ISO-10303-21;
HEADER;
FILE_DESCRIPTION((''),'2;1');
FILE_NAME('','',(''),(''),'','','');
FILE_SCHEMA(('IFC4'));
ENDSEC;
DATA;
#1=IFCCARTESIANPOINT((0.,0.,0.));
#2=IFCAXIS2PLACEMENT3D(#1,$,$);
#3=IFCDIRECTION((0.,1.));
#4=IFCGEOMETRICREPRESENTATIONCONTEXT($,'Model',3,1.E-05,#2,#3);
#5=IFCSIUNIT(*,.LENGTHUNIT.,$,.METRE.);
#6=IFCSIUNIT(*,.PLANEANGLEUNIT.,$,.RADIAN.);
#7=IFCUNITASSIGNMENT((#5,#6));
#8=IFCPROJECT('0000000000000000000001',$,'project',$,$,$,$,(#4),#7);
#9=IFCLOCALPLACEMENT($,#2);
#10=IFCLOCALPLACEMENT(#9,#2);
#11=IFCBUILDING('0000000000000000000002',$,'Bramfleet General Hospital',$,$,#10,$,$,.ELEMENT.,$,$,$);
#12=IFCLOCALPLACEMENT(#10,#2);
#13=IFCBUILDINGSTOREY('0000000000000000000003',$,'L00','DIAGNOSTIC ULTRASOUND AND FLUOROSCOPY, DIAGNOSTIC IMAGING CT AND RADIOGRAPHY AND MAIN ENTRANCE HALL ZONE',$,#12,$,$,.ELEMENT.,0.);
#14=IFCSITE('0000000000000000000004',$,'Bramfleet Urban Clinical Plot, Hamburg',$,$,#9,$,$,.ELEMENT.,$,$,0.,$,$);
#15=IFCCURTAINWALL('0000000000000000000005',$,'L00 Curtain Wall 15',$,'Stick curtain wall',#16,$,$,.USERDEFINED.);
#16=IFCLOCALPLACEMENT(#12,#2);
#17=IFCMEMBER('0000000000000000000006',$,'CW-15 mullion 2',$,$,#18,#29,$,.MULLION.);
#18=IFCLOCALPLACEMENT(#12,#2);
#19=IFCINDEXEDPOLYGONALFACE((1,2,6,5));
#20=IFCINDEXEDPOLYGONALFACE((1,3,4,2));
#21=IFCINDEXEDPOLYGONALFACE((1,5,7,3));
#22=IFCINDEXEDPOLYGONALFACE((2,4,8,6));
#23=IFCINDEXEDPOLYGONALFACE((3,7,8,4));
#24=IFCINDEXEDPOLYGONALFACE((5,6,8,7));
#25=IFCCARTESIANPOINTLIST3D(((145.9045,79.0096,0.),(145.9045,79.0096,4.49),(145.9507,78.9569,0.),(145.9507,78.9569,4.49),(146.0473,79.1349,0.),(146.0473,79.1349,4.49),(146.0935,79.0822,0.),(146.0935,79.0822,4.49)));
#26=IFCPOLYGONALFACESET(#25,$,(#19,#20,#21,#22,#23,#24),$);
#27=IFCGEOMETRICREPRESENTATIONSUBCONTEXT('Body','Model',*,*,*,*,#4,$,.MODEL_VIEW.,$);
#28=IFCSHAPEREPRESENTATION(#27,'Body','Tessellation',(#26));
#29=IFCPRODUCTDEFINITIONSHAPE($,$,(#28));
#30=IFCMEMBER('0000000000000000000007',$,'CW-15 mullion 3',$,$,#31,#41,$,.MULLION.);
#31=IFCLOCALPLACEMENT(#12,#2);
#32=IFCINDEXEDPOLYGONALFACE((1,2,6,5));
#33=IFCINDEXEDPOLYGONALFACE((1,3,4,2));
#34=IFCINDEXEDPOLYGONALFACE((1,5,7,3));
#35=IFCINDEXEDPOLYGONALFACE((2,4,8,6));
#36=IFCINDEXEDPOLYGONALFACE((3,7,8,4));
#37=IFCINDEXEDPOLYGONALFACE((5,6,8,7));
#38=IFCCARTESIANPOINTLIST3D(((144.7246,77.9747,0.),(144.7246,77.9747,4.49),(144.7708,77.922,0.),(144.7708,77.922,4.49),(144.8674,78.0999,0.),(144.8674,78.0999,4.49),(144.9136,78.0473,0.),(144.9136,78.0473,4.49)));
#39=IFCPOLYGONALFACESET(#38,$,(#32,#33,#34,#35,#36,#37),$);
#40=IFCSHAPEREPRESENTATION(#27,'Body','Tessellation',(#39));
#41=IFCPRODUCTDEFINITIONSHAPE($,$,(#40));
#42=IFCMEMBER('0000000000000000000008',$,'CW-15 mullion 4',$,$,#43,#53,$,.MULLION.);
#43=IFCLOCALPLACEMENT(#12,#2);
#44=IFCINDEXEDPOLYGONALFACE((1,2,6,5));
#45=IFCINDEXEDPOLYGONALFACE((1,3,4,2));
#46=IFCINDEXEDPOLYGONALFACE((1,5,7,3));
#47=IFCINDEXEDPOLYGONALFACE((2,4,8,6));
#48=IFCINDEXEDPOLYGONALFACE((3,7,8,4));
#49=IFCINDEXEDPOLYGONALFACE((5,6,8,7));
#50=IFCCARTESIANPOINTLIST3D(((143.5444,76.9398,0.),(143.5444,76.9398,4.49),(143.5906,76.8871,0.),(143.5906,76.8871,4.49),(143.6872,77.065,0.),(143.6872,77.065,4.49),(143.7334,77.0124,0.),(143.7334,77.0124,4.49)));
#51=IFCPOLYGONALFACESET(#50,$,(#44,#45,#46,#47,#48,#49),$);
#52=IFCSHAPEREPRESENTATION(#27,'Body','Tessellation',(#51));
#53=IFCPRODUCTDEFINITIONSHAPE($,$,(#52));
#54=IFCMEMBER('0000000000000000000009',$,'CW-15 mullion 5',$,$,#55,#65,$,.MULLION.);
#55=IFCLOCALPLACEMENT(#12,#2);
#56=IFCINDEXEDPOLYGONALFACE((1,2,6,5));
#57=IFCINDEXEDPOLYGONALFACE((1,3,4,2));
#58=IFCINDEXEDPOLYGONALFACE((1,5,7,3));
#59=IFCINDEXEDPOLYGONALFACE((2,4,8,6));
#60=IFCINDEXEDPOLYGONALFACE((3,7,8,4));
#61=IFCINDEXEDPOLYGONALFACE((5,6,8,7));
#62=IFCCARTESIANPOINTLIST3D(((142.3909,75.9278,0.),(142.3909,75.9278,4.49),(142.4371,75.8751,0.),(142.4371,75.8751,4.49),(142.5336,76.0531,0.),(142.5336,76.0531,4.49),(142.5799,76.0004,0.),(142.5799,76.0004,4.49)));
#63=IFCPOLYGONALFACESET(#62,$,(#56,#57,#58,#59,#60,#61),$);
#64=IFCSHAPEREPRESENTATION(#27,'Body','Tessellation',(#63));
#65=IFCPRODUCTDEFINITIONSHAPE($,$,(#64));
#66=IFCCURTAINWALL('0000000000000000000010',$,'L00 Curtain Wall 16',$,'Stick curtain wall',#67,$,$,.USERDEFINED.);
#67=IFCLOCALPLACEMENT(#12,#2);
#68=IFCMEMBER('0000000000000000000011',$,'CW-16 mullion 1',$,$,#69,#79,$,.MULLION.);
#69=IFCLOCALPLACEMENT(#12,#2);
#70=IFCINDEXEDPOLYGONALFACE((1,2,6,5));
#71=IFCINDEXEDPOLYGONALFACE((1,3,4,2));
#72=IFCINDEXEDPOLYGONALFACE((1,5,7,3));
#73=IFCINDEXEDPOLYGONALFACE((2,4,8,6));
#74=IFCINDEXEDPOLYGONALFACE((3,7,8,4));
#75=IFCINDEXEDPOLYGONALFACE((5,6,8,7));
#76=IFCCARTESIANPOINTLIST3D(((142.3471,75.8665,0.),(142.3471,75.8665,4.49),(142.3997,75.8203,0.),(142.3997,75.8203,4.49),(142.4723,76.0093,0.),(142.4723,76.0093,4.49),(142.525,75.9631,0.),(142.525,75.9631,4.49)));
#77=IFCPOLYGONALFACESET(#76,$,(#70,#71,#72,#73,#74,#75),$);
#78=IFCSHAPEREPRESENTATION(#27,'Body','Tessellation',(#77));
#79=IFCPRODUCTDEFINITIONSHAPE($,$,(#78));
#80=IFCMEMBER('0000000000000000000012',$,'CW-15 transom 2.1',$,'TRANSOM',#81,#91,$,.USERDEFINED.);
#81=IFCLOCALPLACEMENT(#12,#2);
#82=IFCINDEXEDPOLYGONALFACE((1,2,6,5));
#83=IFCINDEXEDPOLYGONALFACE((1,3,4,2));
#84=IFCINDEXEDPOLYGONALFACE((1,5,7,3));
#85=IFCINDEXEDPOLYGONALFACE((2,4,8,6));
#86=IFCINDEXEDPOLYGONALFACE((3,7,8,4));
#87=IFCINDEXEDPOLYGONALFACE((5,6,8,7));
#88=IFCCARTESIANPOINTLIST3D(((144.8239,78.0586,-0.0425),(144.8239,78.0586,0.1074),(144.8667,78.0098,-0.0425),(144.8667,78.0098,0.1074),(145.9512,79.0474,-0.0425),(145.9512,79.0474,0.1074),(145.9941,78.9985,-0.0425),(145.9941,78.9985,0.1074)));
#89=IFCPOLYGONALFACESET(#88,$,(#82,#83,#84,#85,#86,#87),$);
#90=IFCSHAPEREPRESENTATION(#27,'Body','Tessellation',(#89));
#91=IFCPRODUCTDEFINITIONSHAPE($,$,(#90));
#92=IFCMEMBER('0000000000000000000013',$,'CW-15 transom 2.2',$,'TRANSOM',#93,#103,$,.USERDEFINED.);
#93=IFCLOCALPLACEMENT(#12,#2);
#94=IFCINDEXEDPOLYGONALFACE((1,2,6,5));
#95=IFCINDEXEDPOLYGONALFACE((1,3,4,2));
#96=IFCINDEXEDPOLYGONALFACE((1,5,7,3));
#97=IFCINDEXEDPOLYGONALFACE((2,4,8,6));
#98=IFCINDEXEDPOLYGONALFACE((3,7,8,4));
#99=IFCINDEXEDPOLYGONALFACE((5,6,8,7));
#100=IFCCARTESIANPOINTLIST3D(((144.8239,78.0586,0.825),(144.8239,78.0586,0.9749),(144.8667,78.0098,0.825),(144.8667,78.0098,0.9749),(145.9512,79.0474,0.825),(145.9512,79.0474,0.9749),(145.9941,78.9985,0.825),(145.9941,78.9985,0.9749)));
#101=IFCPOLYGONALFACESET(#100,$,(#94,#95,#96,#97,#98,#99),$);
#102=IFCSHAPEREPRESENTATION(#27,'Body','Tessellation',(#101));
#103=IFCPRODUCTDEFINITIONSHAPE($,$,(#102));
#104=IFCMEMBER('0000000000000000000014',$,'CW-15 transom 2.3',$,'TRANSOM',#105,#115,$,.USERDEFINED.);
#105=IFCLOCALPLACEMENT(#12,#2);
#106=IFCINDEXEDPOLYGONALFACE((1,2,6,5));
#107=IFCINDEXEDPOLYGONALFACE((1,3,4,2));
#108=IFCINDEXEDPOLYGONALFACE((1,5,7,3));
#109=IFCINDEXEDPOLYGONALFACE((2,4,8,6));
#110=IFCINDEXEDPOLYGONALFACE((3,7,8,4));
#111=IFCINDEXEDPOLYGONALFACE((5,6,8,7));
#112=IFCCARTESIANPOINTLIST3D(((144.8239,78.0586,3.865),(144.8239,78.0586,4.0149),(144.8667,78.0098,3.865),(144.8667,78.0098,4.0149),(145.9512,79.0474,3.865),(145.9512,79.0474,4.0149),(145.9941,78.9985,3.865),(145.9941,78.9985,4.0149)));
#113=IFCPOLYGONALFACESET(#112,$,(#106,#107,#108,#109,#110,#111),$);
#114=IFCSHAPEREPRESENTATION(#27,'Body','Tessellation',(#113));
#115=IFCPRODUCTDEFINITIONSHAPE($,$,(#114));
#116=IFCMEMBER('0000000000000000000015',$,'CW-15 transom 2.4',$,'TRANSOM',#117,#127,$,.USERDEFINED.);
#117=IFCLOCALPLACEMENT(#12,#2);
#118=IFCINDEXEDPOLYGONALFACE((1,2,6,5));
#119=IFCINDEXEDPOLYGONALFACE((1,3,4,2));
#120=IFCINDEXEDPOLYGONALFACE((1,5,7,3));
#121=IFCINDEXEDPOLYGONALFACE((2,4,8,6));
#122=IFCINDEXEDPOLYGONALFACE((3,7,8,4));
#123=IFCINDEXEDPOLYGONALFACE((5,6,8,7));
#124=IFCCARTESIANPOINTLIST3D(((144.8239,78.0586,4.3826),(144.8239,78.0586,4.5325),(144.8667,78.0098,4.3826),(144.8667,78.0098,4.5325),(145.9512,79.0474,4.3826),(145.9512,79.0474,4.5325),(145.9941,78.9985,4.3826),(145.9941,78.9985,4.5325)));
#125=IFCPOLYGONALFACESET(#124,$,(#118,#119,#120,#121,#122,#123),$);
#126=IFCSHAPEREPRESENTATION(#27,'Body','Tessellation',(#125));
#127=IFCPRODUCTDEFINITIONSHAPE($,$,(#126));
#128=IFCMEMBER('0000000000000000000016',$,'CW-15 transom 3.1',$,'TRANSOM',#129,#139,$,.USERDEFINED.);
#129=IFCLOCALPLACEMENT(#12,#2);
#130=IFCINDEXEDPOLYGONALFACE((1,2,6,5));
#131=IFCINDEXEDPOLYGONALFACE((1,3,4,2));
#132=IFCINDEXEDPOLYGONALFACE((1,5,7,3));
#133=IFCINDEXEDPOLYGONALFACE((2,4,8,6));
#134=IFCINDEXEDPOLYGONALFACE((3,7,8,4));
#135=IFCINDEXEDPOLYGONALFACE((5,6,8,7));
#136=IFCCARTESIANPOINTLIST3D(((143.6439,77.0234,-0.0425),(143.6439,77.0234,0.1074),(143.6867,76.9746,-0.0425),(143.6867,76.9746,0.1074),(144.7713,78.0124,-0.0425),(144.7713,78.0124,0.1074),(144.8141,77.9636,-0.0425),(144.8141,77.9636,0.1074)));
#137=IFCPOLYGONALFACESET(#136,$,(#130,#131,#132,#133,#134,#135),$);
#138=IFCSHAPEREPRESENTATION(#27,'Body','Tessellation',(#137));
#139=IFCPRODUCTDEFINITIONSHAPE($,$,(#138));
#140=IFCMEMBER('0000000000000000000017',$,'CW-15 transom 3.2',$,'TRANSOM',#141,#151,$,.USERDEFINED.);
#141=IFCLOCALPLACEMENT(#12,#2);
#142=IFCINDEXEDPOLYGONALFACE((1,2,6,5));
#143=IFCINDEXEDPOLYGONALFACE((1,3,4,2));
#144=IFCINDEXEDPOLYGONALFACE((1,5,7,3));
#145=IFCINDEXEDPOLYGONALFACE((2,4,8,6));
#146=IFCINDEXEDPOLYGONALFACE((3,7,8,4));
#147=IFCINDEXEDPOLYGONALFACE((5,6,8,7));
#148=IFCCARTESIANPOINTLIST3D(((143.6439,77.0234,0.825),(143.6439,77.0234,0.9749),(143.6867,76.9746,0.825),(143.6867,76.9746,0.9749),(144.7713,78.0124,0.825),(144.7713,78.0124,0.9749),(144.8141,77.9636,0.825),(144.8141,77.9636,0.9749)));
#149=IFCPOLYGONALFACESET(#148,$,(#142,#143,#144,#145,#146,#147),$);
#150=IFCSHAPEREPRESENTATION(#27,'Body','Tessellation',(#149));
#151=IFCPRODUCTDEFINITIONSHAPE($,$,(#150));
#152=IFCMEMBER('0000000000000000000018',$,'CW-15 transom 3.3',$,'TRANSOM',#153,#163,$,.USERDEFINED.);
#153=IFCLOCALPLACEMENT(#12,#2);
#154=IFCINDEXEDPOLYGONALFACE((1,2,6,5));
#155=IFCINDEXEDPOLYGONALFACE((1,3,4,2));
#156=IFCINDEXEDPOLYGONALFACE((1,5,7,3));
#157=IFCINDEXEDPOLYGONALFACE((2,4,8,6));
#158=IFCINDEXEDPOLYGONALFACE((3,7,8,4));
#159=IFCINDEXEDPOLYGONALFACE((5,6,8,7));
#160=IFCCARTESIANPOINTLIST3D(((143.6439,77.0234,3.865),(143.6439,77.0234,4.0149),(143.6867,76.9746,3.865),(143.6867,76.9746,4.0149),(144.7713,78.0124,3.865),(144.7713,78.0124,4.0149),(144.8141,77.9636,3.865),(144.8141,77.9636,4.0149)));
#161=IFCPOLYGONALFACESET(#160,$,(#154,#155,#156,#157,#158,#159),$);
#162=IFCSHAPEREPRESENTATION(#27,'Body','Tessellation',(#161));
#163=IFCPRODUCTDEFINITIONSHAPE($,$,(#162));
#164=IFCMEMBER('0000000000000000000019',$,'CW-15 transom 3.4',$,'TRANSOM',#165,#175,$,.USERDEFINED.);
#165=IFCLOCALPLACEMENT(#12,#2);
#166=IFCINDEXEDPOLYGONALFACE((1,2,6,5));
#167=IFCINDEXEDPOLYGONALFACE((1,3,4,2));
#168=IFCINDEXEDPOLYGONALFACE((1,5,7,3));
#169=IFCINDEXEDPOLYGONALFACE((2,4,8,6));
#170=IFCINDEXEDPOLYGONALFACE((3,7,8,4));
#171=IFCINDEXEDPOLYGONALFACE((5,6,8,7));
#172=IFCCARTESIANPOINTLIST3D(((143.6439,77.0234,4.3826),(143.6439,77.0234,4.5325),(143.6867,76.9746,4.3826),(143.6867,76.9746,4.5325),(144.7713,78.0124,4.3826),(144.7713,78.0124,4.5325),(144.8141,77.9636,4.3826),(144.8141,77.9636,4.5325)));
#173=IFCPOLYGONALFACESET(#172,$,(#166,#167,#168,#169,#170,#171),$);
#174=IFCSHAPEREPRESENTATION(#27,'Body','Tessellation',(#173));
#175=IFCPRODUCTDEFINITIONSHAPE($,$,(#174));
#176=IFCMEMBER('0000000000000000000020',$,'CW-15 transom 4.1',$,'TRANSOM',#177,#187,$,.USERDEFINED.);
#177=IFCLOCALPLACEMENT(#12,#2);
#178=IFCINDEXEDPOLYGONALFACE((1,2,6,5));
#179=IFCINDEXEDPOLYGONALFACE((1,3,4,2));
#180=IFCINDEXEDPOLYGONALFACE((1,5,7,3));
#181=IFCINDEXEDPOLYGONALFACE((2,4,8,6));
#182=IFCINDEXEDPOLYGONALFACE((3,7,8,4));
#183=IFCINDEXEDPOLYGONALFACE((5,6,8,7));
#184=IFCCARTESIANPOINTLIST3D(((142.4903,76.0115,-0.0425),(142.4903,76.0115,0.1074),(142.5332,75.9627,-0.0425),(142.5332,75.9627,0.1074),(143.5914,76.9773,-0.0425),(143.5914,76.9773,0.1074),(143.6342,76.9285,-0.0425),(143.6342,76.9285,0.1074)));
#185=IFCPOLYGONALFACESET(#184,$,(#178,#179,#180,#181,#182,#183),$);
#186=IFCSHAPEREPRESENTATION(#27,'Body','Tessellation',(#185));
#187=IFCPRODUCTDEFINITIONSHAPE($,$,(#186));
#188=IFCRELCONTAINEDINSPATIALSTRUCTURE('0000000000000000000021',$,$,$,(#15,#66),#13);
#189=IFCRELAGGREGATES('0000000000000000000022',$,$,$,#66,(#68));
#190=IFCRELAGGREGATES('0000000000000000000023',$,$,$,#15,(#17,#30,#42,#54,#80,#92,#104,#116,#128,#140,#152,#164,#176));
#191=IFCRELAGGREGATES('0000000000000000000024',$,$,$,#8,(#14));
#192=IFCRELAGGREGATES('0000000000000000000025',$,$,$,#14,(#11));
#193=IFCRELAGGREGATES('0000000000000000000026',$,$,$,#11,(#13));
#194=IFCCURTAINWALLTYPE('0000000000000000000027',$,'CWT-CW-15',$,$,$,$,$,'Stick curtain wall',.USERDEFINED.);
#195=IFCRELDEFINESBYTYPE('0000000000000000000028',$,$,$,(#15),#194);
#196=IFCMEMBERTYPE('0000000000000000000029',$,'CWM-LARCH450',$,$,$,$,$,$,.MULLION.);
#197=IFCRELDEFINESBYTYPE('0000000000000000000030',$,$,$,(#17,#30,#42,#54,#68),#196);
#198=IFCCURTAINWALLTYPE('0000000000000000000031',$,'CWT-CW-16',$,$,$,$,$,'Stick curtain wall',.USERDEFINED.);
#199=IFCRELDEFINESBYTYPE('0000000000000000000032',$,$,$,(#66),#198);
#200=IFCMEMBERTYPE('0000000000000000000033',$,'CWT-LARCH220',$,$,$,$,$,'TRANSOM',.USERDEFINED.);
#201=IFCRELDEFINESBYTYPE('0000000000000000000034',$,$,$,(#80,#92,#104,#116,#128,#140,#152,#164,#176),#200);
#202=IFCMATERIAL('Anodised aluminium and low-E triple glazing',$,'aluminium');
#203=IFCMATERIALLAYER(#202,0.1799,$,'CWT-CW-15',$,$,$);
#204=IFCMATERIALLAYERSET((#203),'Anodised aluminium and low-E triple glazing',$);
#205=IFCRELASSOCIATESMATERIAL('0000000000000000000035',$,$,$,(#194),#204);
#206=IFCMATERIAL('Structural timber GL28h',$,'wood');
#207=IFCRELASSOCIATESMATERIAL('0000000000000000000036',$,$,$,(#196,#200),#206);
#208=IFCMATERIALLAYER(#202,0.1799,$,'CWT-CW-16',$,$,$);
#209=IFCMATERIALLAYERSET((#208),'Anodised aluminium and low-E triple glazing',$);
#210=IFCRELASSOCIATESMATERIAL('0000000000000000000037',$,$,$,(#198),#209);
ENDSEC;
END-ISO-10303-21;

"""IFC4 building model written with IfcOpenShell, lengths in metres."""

from ifc_helpers import new_model, si_unit, direction, frame, origin, origin_2d, place, context, subcontext, project, spatial, rectangle, extrude, material, layer, layer_set, material_profile, profile_set, type_object, element, aggregate, save


model = new_model("IFC4")

# Units and contexts
model_context = context("Model", 3, precision=1e-05, world=origin(), true_north=direction((0.0, 1.0)))
body_context = subcontext(model_context, "Body", "Model", "MODEL_VIEW")
ifc_project = project(units=[si_unit("LENGTHUNIT", "METRE"), si_unit("PLANEANGLEUNIT", "RADIAN")], contexts=[model_context])

# Site, building, storey
site_placement = place(None, origin())
site = spatial("IfcSite", under=ifc_project, at=site_placement, Name="Bramfleet Urban Clinical Plot, Hamburg", CompositionType="ELEMENT", RefElevation=0.0)
building_placement = place(site_placement, origin())
building = spatial("IfcBuilding", under=site, at=building_placement, Name="Bramfleet General Hospital", CompositionType="ELEMENT")
storey_placement = place(building_placement, origin())
storey = spatial("IfcBuildingStorey", under=building, at=storey_placement, Name="L00", Description="DIAGNOSTIC ULTRASOUND AND FLUOROSCOPY, DIAGNOSTIC IMAGING CT AND RADIOGRAPHY AND MAIN ENTRANCE HALL ZONE", CompositionType="ELEMENT", Elevation=0.0)

# Curtain wall, members
ifc_material_1 = material(Name="Anodised aluminium and low-E triple glazing", Category="aluminium")
ifc_layer_1 = layer(ifc_material_1, 0.1799, Name="CWT-CW-15")
ifc_layer_set_1 = layer_set([ifc_layer_1], Name="Anodised aluminium and low-E triple glazing")
curtain_wall_type_1 = type_object("IfcCurtainWallType", Name="CWT-CW-15", ElementType="Stick curtain wall", PredefinedType="USERDEFINED", material=ifc_layer_set_1)
curtain_wall_1_placement = place(storey_placement, origin())
curtain_wall_1 = element("IfcCurtainWall", 1, at=curtain_wall_1_placement, inside=storey, type_object=curtain_wall_type_1, Name="L00 Curtain Wall 15", ObjectType="Stick curtain wall", PredefinedType="USERDEFINED")
ifc_material_2 = material(Name="Structural timber GL28h", Category="wood")
ifc_material_profile_1 = material_profile(ifc_material_2, rectangle(XDim=0.0701, YDim=0.1899, at=origin_2d()), Name="LARCH 190x70")
ifc_profile_set_1 = profile_set([ifc_material_profile_1], Name="Structural timber GL28h")
member_type_1 = type_object("IfcMemberType", Name="CWM-LARCH450", PredefinedType="MULLION", material=ifc_profile_set_1)
member_1_placement = place(storey_placement, frame((145.999, 79.0459, 0.0), z_axis=(0.0, 0.0, 1.0), x_axis=(0.659406, -0.751787, 0.0)))
member_1 = element("IfcMember", 2, at=member_1_placement, type_object=member_type_1, Name="CW-15 mullion 2", PredefinedType="MULLION", context=body_context, shape_type="SweptSolid", body=[
    extrude(rectangle(XDim=0.0701, YDim=0.1899, at=origin_2d()), origin(), (0.0, 0.0, 1.0), 4.49),
])
member_2_placement = place(storey_placement, frame((144.8191, 78.011, 0.0), z_axis=(0.0, 0.0, 1.0), x_axis=(0.659406, -0.751787, 0.0)))
member_2 = element("IfcMember", 3, at=member_2_placement, type_object=member_type_1, Name="CW-15 mullion 3", PredefinedType="MULLION", context=body_context, shape_type="SweptSolid", body=[
    extrude(rectangle(XDim=0.0701, YDim=0.1899, at=origin_2d()), origin(), (0.0, 0.0, 1.0), 4.49),
])
member_3_placement = place(storey_placement, frame((143.6389, 76.9761, 0.0), z_axis=(0.0, 0.0, 1.0), x_axis=(0.659406, -0.751787, 0.0)))
member_3 = element("IfcMember", 4, at=member_3_placement, type_object=member_type_1, Name="CW-15 mullion 4", PredefinedType="MULLION", context=body_context, shape_type="SweptSolid", body=[
    extrude(rectangle(XDim=0.0701, YDim=0.1899, at=origin_2d()), origin(), (0.0, 0.0, 1.0), 4.49),
])
member_4_placement = place(storey_placement, frame((142.4854, 75.9641, 0.0), z_axis=(0.0, 0.0, 1.0), x_axis=(0.659406, -0.751787, 0.0)))
member_4 = element("IfcMember", 5, at=member_4_placement, type_object=member_type_1, Name="CW-15 mullion 5", PredefinedType="MULLION", context=body_context, shape_type="SweptSolid", body=[
    extrude(rectangle(XDim=0.0701, YDim=0.1899, at=origin_2d()), origin(), (0.0, 0.0, 1.0), 4.49),
])

# Curtain wall, member
ifc_layer_2 = layer(ifc_material_1, 0.1799, Name="CWT-CW-16")
ifc_layer_set_2 = layer_set([ifc_layer_2], Name="Anodised aluminium and low-E triple glazing")
curtain_wall_type_2 = type_object("IfcCurtainWallType", Name="CWT-CW-16", ElementType="Stick curtain wall", PredefinedType="USERDEFINED", material=ifc_layer_set_2)
curtain_wall_2_placement = place(storey_placement, origin())
curtain_wall_2 = element("IfcCurtainWall", 6, at=curtain_wall_2_placement, inside=storey, type_object=curtain_wall_type_2, Name="L00 Curtain Wall 16", ObjectType="Stick curtain wall", PredefinedType="USERDEFINED")
member_5_placement = place(storey_placement, frame((142.436, 75.9148, 0.0), z_axis=(0.0, 0.0, 1.0), x_axis=(0.751787, -0.659406, 0.0)))
member_5 = element("IfcMember", 7, at=member_5_placement, type_object=member_type_1, Name="CW-16 mullion 1", PredefinedType="MULLION", context=body_context, shape_type="SweptSolid", body=[
    extrude(rectangle(XDim=0.0701, YDim=0.1899, at=origin_2d()), origin(), (0.0, 0.0, 1.0), 4.49),
])

# Members
ifc_material_profile_2 = material_profile(ifc_material_2, rectangle(XDim=0.0649, YDim=0.1499, at=origin_2d()), Name="LARCH 150x65")
ifc_profile_set_2 = profile_set([ifc_material_profile_2], Name="Structural timber GL28h")
member_type_2 = type_object("IfcMemberType", Name="CWT-LARCH220", ElementType="TRANSOM", PredefinedType="USERDEFINED", material=ifc_profile_set_2)
member_6_placement = place(storey_placement, frame((145.9727, 79.0229, 0.0325), z_axis=(-0.75183, -0.659357, 0.0), x_axis=(0.659357, -0.75183, 0.0)))
member_6 = element("IfcMember", 8, at=member_6_placement, type_object=member_type_2, Name="CW-15 transom 2.1", ObjectType="TRANSOM", PredefinedType="USERDEFINED", context=body_context, shape_type="SweptSolid", body=[
    extrude(rectangle(XDim=0.0649, YDim=0.1499, at=origin_2d()), origin(), (0.0, 0.0, 1.0), 1.4995),
])
member_7_placement = place(storey_placement, frame((145.9727, 79.0229, 0.8999), z_axis=(-0.75183, -0.659357, 0.0), x_axis=(0.659357, -0.75183, 0.0)))
member_7 = element("IfcMember", 9, at=member_7_placement, type_object=member_type_2, Name="CW-15 transom 2.2", ObjectType="TRANSOM", PredefinedType="USERDEFINED", context=body_context, shape_type="SweptSolid", body=[
    extrude(rectangle(XDim=0.0649, YDim=0.1499, at=origin_2d()), origin(), (0.0, 0.0, 1.0), 1.4995),
])
member_8_placement = place(storey_placement, frame((145.9727, 79.0229, 3.9399), z_axis=(-0.75183, -0.659357, 0.0), x_axis=(0.659357, -0.75183, 0.0)))
member_8 = element("IfcMember", 10, at=member_8_placement, type_object=member_type_2, Name="CW-15 transom 2.3", ObjectType="TRANSOM", PredefinedType="USERDEFINED", context=body_context, shape_type="SweptSolid", body=[
    extrude(rectangle(XDim=0.0649, YDim=0.1499, at=origin_2d()), origin(), (0.0, 0.0, 1.0), 1.4995),
])
member_9_placement = place(storey_placement, frame((145.9727, 79.0229, 4.4575), z_axis=(-0.75183, -0.659357, 0.0), x_axis=(0.659357, -0.75183, 0.0)))
member_9 = element("IfcMember", 11, at=member_9_placement, type_object=member_type_2, Name="CW-15 transom 2.4", ObjectType="TRANSOM", PredefinedType="USERDEFINED", context=body_context, shape_type="SweptSolid", body=[
    extrude(rectangle(XDim=0.0649, YDim=0.1499, at=origin_2d()), origin(), (0.0, 0.0, 1.0), 1.4995),
])
member_10_placement = place(storey_placement, frame((144.7927, 77.988, 0.0325), z_axis=(-0.751749, -0.659449, 0.0), x_axis=(0.659449, -0.751749, 0.0)))
member_10 = element("IfcMember", 12, at=member_10_placement, type_object=member_type_2, Name="CW-15 transom 3.1", ObjectType="TRANSOM", PredefinedType="USERDEFINED", context=body_context, shape_type="SweptSolid", body=[
    extrude(rectangle(XDim=0.0649, YDim=0.1499, at=origin_2d()), origin(), (0.0, 0.0, 1.0), 1.4998),
])
member_11_placement = place(storey_placement, frame((144.7927, 77.988, 0.8999), z_axis=(-0.751749, -0.659449, 0.0), x_axis=(0.659449, -0.751749, 0.0)))
member_11 = element("IfcMember", 13, at=member_11_placement, type_object=member_type_2, Name="CW-15 transom 3.2", ObjectType="TRANSOM", PredefinedType="USERDEFINED", context=body_context, shape_type="SweptSolid", body=[
    extrude(rectangle(XDim=0.0649, YDim=0.1499, at=origin_2d()), origin(), (0.0, 0.0, 1.0), 1.4998),
])
member_12_placement = place(storey_placement, frame((144.7927, 77.988, 3.9399), z_axis=(-0.751749, -0.659449, 0.0), x_axis=(0.659449, -0.751749, 0.0)))
member_12 = element("IfcMember", 14, at=member_12_placement, type_object=member_type_2, Name="CW-15 transom 3.3", ObjectType="TRANSOM", PredefinedType="USERDEFINED", context=body_context, shape_type="SweptSolid", body=[
    extrude(rectangle(XDim=0.0649, YDim=0.1499, at=origin_2d()), origin(), (0.0, 0.0, 1.0), 1.4998),
])
member_13_placement = place(storey_placement, frame((144.7927, 77.988, 4.4575), z_axis=(-0.751749, -0.659449, 0.0), x_axis=(0.659449, -0.751749, 0.0)))
member_13 = element("IfcMember", 15, at=member_13_placement, type_object=member_type_2, Name="CW-15 transom 3.4", ObjectType="TRANSOM", PredefinedType="USERDEFINED", context=body_context, shape_type="SweptSolid", body=[
    extrude(rectangle(XDim=0.0649, YDim=0.1499, at=origin_2d()), origin(), (0.0, 0.0, 1.0), 1.4998),
])
member_14_placement = place(storey_placement, frame((143.6128, 76.9529, 0.0325), z_axis=(-0.751771, -0.659425, 0.0), x_axis=(0.659425, -0.751771, 0.0)))
member_14 = element("IfcMember", 16, at=member_14_placement, type_object=member_type_2, Name="CW-15 transom 4.1", ObjectType="TRANSOM", PredefinedType="USERDEFINED", context=body_context, shape_type="SweptSolid", body=[
    extrude(rectangle(XDim=0.0649, YDim=0.1499, at=origin_2d()), origin(), (0.0, 0.0, 1.0), 1.4646),
])
aggregate(curtain_wall_2, [member_5])

aggregate(curtain_wall_1, [member_1, member_2, member_3, member_4, member_6, member_7, member_8, member_9, member_10, member_11, member_12, member_13, member_14])

save(model, "model.ifc")
